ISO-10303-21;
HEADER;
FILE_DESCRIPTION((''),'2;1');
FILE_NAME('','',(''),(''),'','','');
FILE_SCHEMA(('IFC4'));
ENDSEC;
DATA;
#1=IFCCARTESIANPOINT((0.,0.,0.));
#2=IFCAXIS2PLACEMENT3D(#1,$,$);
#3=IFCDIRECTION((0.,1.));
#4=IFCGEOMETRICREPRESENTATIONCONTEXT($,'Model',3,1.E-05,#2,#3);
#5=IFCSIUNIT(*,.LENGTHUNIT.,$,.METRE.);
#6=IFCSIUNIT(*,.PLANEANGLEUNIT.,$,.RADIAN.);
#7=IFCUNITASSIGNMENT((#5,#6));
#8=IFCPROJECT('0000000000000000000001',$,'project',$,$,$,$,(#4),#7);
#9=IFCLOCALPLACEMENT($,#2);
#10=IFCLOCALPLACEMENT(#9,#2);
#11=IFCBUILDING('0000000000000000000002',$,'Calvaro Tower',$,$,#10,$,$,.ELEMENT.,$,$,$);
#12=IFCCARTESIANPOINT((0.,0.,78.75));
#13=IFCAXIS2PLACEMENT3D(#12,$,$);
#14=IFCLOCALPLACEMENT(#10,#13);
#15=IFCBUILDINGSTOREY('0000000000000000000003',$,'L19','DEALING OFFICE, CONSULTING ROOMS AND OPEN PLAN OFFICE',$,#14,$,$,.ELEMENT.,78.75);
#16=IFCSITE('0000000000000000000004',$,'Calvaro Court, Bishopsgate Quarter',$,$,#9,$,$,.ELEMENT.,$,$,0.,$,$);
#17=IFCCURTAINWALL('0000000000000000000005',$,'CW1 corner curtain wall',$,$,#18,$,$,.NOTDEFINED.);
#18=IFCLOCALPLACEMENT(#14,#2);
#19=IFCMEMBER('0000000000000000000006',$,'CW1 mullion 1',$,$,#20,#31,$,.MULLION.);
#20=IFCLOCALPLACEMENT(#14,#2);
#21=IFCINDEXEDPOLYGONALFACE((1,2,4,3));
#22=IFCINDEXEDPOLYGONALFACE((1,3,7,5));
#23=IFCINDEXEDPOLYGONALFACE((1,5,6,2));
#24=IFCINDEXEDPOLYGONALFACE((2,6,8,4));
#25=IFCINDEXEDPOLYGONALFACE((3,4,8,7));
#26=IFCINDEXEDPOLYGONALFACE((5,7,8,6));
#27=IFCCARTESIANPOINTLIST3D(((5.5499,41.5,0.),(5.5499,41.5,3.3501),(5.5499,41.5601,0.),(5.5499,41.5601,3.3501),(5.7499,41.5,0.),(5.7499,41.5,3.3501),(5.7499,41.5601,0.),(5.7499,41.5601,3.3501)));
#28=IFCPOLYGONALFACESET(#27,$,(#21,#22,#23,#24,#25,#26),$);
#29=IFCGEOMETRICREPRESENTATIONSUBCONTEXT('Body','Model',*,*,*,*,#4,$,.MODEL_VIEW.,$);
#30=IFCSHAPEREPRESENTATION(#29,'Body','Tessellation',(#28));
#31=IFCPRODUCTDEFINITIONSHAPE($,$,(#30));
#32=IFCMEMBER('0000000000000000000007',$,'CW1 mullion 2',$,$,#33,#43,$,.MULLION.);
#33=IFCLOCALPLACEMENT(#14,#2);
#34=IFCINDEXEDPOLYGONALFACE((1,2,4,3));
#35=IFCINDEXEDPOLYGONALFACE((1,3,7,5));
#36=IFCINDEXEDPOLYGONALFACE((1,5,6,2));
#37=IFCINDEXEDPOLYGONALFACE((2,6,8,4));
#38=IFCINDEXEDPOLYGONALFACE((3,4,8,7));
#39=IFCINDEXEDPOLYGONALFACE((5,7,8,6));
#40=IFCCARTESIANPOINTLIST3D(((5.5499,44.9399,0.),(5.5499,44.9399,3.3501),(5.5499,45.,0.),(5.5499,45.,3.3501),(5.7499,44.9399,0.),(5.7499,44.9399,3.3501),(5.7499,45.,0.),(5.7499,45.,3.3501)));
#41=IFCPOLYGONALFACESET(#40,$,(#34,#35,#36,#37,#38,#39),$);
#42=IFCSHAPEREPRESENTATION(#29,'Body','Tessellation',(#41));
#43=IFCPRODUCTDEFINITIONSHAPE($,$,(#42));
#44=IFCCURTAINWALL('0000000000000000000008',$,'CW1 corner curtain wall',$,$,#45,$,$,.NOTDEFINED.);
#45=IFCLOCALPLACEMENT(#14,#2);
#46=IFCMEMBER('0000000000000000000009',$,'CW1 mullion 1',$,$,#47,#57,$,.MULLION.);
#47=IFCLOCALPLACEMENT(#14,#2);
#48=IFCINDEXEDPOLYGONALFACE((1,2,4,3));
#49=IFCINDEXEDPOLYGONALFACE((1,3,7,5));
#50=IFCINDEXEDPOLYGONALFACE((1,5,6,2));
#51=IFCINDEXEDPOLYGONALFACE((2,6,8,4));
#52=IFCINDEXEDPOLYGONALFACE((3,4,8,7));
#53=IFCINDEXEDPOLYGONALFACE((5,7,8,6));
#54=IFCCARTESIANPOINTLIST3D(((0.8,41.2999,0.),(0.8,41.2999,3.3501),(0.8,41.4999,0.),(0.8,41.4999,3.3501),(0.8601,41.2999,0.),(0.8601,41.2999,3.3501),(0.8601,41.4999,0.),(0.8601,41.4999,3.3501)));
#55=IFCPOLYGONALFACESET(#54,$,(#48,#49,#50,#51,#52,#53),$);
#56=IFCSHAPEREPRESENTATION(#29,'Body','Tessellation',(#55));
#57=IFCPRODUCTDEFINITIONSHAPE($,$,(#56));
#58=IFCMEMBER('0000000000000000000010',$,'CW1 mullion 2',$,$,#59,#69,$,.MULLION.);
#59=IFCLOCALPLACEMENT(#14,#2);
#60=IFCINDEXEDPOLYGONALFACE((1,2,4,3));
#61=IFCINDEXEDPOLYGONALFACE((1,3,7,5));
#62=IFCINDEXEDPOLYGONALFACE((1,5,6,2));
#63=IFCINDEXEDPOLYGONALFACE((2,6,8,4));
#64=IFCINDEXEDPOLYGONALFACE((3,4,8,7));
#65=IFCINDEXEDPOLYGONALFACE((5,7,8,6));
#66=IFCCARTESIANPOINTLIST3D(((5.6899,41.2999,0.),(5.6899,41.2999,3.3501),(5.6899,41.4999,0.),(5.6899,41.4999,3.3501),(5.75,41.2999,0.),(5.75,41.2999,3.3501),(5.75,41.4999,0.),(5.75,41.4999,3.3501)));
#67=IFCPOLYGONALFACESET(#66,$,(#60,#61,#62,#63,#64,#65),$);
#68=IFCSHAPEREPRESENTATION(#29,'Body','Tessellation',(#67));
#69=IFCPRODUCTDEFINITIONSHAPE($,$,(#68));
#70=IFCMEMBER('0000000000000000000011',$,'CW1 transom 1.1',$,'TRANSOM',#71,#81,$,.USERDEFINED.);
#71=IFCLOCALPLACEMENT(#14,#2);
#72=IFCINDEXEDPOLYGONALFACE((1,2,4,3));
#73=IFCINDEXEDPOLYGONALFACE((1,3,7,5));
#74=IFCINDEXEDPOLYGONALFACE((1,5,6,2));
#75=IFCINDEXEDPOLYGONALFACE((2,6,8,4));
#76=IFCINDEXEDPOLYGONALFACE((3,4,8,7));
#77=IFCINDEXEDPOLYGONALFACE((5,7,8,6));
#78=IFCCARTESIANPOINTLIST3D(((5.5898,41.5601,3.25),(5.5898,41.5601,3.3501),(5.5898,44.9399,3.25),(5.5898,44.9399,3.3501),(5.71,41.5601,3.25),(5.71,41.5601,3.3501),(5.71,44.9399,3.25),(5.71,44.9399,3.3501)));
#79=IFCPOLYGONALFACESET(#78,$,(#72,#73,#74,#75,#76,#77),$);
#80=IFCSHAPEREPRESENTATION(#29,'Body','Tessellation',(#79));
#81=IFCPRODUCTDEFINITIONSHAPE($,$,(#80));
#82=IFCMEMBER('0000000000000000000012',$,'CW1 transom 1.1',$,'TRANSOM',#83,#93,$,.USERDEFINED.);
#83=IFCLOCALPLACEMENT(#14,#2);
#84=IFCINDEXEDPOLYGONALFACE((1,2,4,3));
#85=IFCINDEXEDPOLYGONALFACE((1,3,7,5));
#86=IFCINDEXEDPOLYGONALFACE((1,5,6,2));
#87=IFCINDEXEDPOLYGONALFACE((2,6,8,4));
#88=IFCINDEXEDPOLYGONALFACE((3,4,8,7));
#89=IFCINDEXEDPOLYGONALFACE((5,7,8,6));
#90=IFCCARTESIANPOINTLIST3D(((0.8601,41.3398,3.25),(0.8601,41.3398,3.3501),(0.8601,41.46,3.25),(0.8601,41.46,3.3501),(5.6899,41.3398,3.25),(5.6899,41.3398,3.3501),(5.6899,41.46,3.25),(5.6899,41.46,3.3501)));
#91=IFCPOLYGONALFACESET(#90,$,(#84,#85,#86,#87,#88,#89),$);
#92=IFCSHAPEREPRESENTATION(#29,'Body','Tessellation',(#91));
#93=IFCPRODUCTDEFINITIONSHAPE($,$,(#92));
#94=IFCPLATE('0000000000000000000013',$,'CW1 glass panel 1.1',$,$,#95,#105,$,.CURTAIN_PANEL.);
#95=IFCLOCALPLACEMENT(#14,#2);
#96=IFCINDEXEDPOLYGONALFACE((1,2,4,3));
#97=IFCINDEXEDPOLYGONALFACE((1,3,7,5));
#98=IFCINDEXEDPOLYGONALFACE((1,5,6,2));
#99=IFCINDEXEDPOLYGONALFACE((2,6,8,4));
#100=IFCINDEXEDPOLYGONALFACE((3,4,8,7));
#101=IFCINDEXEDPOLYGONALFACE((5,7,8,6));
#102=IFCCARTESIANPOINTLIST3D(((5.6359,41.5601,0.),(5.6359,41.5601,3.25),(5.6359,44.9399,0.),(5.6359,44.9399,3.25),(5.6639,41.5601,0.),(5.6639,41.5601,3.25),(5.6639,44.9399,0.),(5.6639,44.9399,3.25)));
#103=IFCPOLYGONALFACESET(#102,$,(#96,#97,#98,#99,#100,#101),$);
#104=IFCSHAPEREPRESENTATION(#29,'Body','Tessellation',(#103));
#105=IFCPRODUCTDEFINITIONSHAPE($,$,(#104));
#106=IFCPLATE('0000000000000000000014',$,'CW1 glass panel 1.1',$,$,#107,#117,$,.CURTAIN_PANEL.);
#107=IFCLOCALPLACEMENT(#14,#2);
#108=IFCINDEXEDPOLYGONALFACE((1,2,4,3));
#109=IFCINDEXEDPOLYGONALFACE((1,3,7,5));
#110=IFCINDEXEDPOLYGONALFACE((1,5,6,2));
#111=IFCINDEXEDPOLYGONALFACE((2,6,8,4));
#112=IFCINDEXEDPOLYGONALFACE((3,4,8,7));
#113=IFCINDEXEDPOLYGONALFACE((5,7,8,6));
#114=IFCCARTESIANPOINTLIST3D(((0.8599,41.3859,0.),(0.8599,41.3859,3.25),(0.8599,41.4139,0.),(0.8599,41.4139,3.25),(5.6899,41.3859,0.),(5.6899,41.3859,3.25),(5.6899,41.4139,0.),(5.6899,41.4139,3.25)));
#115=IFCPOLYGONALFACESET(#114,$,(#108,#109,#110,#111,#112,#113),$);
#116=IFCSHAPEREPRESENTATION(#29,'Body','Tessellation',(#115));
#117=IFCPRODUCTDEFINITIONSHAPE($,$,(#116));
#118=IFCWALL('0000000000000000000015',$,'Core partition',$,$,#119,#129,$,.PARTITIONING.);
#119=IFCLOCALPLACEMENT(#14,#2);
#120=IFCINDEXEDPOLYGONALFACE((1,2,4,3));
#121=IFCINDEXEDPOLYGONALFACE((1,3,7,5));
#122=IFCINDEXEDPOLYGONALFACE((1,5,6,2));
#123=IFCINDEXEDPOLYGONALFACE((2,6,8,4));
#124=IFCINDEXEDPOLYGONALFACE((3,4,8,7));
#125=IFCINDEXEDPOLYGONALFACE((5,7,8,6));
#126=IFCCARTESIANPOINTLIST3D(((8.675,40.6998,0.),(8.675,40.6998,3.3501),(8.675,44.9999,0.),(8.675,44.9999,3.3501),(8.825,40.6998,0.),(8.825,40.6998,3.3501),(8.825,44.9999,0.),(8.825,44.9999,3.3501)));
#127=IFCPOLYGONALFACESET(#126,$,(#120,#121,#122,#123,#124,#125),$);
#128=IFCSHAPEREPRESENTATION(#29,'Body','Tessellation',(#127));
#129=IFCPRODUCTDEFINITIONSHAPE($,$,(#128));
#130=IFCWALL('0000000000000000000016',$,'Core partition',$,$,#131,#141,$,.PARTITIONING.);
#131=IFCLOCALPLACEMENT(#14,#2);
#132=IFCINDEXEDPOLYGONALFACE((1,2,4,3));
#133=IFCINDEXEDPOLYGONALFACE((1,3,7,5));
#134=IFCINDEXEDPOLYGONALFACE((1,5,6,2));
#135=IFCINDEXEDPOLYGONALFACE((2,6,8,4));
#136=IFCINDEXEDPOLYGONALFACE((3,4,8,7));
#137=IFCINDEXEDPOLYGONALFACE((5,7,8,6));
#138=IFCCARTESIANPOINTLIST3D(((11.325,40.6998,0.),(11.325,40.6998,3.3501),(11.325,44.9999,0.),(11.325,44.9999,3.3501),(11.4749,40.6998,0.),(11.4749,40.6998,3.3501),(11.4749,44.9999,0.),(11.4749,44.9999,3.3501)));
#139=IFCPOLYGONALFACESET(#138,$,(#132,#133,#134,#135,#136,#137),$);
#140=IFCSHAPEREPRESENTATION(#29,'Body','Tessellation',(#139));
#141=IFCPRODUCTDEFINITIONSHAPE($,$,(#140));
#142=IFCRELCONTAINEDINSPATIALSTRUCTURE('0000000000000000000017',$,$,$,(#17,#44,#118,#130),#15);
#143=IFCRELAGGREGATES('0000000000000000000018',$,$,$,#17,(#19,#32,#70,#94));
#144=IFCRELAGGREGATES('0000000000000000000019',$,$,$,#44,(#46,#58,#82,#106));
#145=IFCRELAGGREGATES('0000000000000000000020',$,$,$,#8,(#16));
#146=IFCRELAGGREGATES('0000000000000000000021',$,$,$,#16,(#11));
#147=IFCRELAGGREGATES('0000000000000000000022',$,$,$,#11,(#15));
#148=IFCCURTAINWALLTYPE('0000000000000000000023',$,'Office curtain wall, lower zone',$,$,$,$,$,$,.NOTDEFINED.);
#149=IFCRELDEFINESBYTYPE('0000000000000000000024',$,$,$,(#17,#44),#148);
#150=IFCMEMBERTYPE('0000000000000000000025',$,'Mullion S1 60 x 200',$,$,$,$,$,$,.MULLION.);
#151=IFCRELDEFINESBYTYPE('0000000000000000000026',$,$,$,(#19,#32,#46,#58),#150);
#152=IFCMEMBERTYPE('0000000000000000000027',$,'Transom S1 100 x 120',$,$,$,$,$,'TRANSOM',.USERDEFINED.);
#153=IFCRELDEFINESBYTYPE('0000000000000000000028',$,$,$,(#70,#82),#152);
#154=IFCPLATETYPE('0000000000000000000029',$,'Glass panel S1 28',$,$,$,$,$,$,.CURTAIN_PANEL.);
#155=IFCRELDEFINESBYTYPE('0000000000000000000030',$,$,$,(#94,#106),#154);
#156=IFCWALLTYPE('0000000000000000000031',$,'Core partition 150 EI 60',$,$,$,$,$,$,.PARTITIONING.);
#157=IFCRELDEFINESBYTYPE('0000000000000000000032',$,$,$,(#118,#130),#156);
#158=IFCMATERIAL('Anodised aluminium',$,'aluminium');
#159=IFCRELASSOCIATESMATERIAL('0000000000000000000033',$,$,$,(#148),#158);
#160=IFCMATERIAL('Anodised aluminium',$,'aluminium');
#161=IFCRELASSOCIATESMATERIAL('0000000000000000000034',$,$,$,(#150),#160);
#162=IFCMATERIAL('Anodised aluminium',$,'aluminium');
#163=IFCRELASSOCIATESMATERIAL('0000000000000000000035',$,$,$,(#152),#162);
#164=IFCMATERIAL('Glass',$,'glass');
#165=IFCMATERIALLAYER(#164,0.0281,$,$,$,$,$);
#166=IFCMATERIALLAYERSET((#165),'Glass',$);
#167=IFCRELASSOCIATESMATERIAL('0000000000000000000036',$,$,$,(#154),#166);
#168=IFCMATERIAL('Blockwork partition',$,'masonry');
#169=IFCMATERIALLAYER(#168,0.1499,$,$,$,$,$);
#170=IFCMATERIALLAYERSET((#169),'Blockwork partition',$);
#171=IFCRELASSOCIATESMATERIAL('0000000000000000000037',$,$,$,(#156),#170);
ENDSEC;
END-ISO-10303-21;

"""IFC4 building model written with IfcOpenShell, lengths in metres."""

from ifc_helpers import new_model, si_unit, direction, frame, frame_2d, origin, origin_2d, place, context, subcontext, project, spatial, rectangle, extrude, material, layer, layer_set, material_profile, profile_set, type_object, element, aggregate, save


model = new_model("IFC4")

# Units and contexts
model_context = context("Model", 3, precision=1e-05, world=origin(), true_north=direction((0.0, 1.0)))
body_context = subcontext(model_context, "Body", "Model", "MODEL_VIEW")
ifc_project = project(units=[si_unit("LENGTHUNIT", "METRE"), si_unit("PLANEANGLEUNIT", "RADIAN")], contexts=[model_context])

# Site, building, storey
site_placement = place(None, origin())
site = spatial("IfcSite", under=ifc_project, at=site_placement, Name="Calvaro Court, Bishopsgate Quarter", CompositionType="ELEMENT", RefElevation=0.0)
building_placement = place(site_placement, origin())
building = spatial("IfcBuilding", under=site, at=building_placement, Name="Calvaro Tower", CompositionType="ELEMENT")
storey_placement = place(building_placement, frame((0.0, 0.0, 78.75)))
storey = spatial("IfcBuildingStorey", under=building, at=storey_placement, Name="L19", Description="DEALING OFFICE, CONSULTING ROOMS AND OPEN PLAN OFFICE", CompositionType="ELEMENT", Elevation=78.75)

# Curtain walls, members
ifc_material_1 = material(Name="Anodised aluminium", Category="aluminium")
curtain_wall_type = type_object("IfcCurtainWallType", Name="Office curtain wall, lower zone", PredefinedType="NOTDEFINED", material=ifc_material_1)
curtain_wall_1_placement = place(storey_placement, origin())
curtain_wall_1 = element("IfcCurtainWall", 1, at=curtain_wall_1_placement, inside=storey, type_object=curtain_wall_type, Name="CW1 corner curtain wall", PredefinedType="NOTDEFINED")
ifc_material_2 = material(Name="Anodised aluminium", Category="aluminium")
ifc_material_profile_1 = material_profile(ifc_material_2, rectangle(XDim=0.2, YDim=0.0601, at=origin_2d()), Name="Mullion S1 60 x 200")
ifc_profile_set_1 = profile_set([ifc_material_profile_1], Name="Anodised aluminium")
member_type_1 = type_object("IfcMemberType", Name="Mullion S1 60 x 200", PredefinedType="MULLION", material=ifc_profile_set_1)
member_1_placement = place(storey_placement, frame((5.6499, 41.53, 0.0), z_axis=(0.0, 0.0, 1.0), x_axis=(-1.0, 0.0, 0.0)))
member_1 = element("IfcMember", 2, at=member_1_placement, type_object=member_type_1, Name="CW1 mullion 1", PredefinedType="MULLION", context=body_context, shape_type="SweptSolid", body=[
    extrude(rectangle(XDim=0.2, YDim=0.0601, at=origin_2d()), origin(), (0.0, 0.0, 1.0), 3.3501),
])
member_2_placement = place(storey_placement, frame((5.6499, 44.97, 0.0), z_axis=(0.0, 0.0, 1.0), x_axis=(-1.0, 0.0, 0.0)))
member_2 = element("IfcMember", 3, at=member_2_placement, type_object=member_type_1, Name="CW1 mullion 2", PredefinedType="MULLION", context=body_context, shape_type="SweptSolid", body=[
    extrude(rectangle(XDim=0.2, YDim=0.0601, at=origin_2d()), origin(), (0.0, 0.0, 1.0), 3.3501),
])
curtain_wall_2_placement = place(storey_placement, origin())
curtain_wall_2 = element("IfcCurtainWall", 4, at=curtain_wall_2_placement, inside=storey, type_object=curtain_wall_type, Name="CW1 corner curtain wall", PredefinedType="NOTDEFINED")
member_3_placement = place(storey_placement, frame((0.8301, 41.3999, 0.0), z_axis=(0.0, 0.0, 1.0), x_axis=(0.0, 1.0, 0.0)))
member_3 = element("IfcMember", 5, at=member_3_placement, type_object=member_type_1, Name="CW1 mullion 1", PredefinedType="MULLION", context=body_context, shape_type="SweptSolid", body=[
    extrude(rectangle(XDim=0.2, YDim=0.0601, at=origin_2d()), origin(), (0.0, 0.0, 1.0), 3.3501),
])
member_4_placement = place(storey_placement, frame((5.72, 41.3999, 0.0), z_axis=(0.0, 0.0, 1.0), x_axis=(0.0, 1.0, 0.0)))
member_4 = element("IfcMember", 6, at=member_4_placement, type_object=member_type_1, Name="CW1 mullion 2", PredefinedType="MULLION", context=body_context, shape_type="SweptSolid", body=[
    extrude(rectangle(XDim=0.2, YDim=0.0601, at=origin_2d()), origin(), (0.0, 0.0, 1.0), 3.3501),
])

# Members
ifc_material_3 = material(Name="Anodised aluminium", Category="aluminium")
ifc_material_profile_2 = material_profile(ifc_material_3, rectangle(XDim=0.1201, YDim=0.1001, at=origin_2d()), Name="Transom S1 100 x 120")
ifc_profile_set_2 = profile_set([ifc_material_profile_2], Name="Anodised aluminium")
member_type_2 = type_object("IfcMemberType", Name="Transom S1 100 x 120", ElementType="TRANSOM", PredefinedType="USERDEFINED", material=ifc_profile_set_2)
member_5_placement = place(storey_placement, frame((5.6499, 41.5601, 3.3), z_axis=(0.0, 1.0, 0.0), x_axis=(-1.0, 0.0, 0.0)))
member_5 = element("IfcMember", 7, at=member_5_placement, type_object=member_type_2, Name="CW1 transom 1.1", ObjectType="TRANSOM", PredefinedType="USERDEFINED", context=body_context, shape_type="SweptSolid", body=[
    extrude(rectangle(XDim=0.1201, YDim=0.1001, at=origin_2d()), origin(), (0.0, 0.0, 1.0), 3.3799),
])
member_6_placement = place(storey_placement, frame((0.8601, 41.3999, 3.3), z_axis=(1.0, 0.0, 0.0), x_axis=(0.0, 1.0, 0.0)))
member_6 = element("IfcMember", 8, at=member_6_placement, type_object=member_type_2, Name="CW1 transom 1.1", ObjectType="TRANSOM", PredefinedType="USERDEFINED", context=body_context, shape_type="SweptSolid", body=[
    extrude(rectangle(XDim=0.1201, YDim=0.1001, at=origin_2d()), origin(), (0.0, 0.0, 1.0), 4.8298),
])

# Plates
ifc_material_4 = material(Name="Glass", Category="glass")
ifc_layer_1 = layer(ifc_material_4, 0.0281)
ifc_layer_set_1 = layer_set([ifc_layer_1], Name="Glass")
plate_type = type_object("IfcPlateType", Name="Glass panel S1 28", PredefinedType="CURTAIN_PANEL", material=ifc_layer_set_1)
plate_1_placement = place(storey_placement, frame((5.6499, 43.25, 0.0), z_axis=(0.0, 0.0, 1.0), x_axis=(0.0, 1.0, 0.0)))
plate_1 = element("IfcPlate", 9, at=plate_1_placement, type_object=plate_type, Name="CW1 glass panel 1.1", PredefinedType="CURTAIN_PANEL", context=body_context, shape_type="SweptSolid", body=[
    extrude(rectangle(XDim=3.3799, YDim=0.0281, at=origin_2d()), origin(), (0.0, 0.0, 1.0), 3.25),
])
aggregate(curtain_wall_1, [member_1, member_2, member_5, plate_1])
plate_2_placement = place(storey_placement, frame((3.2749, 41.3999, 0.0), z_axis=(0.0, 0.0, 1.0), x_axis=(1.0, 0.0, 0.0)))
plate_2 = element("IfcPlate", 10, at=plate_2_placement, type_object=plate_type, Name="CW1 glass panel 1.1", PredefinedType="CURTAIN_PANEL", context=body_context, shape_type="SweptSolid", body=[
    extrude(rectangle(XDim=4.8301, YDim=0.0281, at=origin_2d()), origin(), (0.0, 0.0, 1.0), 3.25),
])
aggregate(curtain_wall_2, [member_3, member_4, member_6, plate_2])

# Walls
ifc_material_5 = material(Name="Blockwork partition", Category="masonry")
ifc_layer_2 = layer(ifc_material_5, 0.1499)
ifc_layer_set_2 = layer_set([ifc_layer_2], Name="Blockwork partition")
wall_type_1 = type_object("IfcWallType", Name="Core partition 150 EI 60", PredefinedType="PARTITIONING", material=ifc_layer_set_2)
for number, where, z_axis, x_axis, name in (
    (11, (8.75, 40.7, 0.0), (0.0, 0.0, 1.0), (0.0, 1.0, 0.0), "Core partition"),
    (12, (11.3999, 40.7, 0.0), (0.0, 0.0, 1.0), (0.0, 1.0, 0.0), "Core partition"),
):
    element("IfcWall", number, at=place(storey_placement, frame(where, z_axis=z_axis, x_axis=x_axis)), inside=storey, type_object=wall_type_1, Name=name, PredefinedType="PARTITIONING", context=body_context, shape_type="SweptSolid", body=[
        extrude(rectangle(XDim=4.3, YDim=0.1499, at=frame_2d((2.1499, 0.0))), origin(), (0.0, 0.0, 1.0), 3.3501),
    ])

save(model, "model.ifc")
